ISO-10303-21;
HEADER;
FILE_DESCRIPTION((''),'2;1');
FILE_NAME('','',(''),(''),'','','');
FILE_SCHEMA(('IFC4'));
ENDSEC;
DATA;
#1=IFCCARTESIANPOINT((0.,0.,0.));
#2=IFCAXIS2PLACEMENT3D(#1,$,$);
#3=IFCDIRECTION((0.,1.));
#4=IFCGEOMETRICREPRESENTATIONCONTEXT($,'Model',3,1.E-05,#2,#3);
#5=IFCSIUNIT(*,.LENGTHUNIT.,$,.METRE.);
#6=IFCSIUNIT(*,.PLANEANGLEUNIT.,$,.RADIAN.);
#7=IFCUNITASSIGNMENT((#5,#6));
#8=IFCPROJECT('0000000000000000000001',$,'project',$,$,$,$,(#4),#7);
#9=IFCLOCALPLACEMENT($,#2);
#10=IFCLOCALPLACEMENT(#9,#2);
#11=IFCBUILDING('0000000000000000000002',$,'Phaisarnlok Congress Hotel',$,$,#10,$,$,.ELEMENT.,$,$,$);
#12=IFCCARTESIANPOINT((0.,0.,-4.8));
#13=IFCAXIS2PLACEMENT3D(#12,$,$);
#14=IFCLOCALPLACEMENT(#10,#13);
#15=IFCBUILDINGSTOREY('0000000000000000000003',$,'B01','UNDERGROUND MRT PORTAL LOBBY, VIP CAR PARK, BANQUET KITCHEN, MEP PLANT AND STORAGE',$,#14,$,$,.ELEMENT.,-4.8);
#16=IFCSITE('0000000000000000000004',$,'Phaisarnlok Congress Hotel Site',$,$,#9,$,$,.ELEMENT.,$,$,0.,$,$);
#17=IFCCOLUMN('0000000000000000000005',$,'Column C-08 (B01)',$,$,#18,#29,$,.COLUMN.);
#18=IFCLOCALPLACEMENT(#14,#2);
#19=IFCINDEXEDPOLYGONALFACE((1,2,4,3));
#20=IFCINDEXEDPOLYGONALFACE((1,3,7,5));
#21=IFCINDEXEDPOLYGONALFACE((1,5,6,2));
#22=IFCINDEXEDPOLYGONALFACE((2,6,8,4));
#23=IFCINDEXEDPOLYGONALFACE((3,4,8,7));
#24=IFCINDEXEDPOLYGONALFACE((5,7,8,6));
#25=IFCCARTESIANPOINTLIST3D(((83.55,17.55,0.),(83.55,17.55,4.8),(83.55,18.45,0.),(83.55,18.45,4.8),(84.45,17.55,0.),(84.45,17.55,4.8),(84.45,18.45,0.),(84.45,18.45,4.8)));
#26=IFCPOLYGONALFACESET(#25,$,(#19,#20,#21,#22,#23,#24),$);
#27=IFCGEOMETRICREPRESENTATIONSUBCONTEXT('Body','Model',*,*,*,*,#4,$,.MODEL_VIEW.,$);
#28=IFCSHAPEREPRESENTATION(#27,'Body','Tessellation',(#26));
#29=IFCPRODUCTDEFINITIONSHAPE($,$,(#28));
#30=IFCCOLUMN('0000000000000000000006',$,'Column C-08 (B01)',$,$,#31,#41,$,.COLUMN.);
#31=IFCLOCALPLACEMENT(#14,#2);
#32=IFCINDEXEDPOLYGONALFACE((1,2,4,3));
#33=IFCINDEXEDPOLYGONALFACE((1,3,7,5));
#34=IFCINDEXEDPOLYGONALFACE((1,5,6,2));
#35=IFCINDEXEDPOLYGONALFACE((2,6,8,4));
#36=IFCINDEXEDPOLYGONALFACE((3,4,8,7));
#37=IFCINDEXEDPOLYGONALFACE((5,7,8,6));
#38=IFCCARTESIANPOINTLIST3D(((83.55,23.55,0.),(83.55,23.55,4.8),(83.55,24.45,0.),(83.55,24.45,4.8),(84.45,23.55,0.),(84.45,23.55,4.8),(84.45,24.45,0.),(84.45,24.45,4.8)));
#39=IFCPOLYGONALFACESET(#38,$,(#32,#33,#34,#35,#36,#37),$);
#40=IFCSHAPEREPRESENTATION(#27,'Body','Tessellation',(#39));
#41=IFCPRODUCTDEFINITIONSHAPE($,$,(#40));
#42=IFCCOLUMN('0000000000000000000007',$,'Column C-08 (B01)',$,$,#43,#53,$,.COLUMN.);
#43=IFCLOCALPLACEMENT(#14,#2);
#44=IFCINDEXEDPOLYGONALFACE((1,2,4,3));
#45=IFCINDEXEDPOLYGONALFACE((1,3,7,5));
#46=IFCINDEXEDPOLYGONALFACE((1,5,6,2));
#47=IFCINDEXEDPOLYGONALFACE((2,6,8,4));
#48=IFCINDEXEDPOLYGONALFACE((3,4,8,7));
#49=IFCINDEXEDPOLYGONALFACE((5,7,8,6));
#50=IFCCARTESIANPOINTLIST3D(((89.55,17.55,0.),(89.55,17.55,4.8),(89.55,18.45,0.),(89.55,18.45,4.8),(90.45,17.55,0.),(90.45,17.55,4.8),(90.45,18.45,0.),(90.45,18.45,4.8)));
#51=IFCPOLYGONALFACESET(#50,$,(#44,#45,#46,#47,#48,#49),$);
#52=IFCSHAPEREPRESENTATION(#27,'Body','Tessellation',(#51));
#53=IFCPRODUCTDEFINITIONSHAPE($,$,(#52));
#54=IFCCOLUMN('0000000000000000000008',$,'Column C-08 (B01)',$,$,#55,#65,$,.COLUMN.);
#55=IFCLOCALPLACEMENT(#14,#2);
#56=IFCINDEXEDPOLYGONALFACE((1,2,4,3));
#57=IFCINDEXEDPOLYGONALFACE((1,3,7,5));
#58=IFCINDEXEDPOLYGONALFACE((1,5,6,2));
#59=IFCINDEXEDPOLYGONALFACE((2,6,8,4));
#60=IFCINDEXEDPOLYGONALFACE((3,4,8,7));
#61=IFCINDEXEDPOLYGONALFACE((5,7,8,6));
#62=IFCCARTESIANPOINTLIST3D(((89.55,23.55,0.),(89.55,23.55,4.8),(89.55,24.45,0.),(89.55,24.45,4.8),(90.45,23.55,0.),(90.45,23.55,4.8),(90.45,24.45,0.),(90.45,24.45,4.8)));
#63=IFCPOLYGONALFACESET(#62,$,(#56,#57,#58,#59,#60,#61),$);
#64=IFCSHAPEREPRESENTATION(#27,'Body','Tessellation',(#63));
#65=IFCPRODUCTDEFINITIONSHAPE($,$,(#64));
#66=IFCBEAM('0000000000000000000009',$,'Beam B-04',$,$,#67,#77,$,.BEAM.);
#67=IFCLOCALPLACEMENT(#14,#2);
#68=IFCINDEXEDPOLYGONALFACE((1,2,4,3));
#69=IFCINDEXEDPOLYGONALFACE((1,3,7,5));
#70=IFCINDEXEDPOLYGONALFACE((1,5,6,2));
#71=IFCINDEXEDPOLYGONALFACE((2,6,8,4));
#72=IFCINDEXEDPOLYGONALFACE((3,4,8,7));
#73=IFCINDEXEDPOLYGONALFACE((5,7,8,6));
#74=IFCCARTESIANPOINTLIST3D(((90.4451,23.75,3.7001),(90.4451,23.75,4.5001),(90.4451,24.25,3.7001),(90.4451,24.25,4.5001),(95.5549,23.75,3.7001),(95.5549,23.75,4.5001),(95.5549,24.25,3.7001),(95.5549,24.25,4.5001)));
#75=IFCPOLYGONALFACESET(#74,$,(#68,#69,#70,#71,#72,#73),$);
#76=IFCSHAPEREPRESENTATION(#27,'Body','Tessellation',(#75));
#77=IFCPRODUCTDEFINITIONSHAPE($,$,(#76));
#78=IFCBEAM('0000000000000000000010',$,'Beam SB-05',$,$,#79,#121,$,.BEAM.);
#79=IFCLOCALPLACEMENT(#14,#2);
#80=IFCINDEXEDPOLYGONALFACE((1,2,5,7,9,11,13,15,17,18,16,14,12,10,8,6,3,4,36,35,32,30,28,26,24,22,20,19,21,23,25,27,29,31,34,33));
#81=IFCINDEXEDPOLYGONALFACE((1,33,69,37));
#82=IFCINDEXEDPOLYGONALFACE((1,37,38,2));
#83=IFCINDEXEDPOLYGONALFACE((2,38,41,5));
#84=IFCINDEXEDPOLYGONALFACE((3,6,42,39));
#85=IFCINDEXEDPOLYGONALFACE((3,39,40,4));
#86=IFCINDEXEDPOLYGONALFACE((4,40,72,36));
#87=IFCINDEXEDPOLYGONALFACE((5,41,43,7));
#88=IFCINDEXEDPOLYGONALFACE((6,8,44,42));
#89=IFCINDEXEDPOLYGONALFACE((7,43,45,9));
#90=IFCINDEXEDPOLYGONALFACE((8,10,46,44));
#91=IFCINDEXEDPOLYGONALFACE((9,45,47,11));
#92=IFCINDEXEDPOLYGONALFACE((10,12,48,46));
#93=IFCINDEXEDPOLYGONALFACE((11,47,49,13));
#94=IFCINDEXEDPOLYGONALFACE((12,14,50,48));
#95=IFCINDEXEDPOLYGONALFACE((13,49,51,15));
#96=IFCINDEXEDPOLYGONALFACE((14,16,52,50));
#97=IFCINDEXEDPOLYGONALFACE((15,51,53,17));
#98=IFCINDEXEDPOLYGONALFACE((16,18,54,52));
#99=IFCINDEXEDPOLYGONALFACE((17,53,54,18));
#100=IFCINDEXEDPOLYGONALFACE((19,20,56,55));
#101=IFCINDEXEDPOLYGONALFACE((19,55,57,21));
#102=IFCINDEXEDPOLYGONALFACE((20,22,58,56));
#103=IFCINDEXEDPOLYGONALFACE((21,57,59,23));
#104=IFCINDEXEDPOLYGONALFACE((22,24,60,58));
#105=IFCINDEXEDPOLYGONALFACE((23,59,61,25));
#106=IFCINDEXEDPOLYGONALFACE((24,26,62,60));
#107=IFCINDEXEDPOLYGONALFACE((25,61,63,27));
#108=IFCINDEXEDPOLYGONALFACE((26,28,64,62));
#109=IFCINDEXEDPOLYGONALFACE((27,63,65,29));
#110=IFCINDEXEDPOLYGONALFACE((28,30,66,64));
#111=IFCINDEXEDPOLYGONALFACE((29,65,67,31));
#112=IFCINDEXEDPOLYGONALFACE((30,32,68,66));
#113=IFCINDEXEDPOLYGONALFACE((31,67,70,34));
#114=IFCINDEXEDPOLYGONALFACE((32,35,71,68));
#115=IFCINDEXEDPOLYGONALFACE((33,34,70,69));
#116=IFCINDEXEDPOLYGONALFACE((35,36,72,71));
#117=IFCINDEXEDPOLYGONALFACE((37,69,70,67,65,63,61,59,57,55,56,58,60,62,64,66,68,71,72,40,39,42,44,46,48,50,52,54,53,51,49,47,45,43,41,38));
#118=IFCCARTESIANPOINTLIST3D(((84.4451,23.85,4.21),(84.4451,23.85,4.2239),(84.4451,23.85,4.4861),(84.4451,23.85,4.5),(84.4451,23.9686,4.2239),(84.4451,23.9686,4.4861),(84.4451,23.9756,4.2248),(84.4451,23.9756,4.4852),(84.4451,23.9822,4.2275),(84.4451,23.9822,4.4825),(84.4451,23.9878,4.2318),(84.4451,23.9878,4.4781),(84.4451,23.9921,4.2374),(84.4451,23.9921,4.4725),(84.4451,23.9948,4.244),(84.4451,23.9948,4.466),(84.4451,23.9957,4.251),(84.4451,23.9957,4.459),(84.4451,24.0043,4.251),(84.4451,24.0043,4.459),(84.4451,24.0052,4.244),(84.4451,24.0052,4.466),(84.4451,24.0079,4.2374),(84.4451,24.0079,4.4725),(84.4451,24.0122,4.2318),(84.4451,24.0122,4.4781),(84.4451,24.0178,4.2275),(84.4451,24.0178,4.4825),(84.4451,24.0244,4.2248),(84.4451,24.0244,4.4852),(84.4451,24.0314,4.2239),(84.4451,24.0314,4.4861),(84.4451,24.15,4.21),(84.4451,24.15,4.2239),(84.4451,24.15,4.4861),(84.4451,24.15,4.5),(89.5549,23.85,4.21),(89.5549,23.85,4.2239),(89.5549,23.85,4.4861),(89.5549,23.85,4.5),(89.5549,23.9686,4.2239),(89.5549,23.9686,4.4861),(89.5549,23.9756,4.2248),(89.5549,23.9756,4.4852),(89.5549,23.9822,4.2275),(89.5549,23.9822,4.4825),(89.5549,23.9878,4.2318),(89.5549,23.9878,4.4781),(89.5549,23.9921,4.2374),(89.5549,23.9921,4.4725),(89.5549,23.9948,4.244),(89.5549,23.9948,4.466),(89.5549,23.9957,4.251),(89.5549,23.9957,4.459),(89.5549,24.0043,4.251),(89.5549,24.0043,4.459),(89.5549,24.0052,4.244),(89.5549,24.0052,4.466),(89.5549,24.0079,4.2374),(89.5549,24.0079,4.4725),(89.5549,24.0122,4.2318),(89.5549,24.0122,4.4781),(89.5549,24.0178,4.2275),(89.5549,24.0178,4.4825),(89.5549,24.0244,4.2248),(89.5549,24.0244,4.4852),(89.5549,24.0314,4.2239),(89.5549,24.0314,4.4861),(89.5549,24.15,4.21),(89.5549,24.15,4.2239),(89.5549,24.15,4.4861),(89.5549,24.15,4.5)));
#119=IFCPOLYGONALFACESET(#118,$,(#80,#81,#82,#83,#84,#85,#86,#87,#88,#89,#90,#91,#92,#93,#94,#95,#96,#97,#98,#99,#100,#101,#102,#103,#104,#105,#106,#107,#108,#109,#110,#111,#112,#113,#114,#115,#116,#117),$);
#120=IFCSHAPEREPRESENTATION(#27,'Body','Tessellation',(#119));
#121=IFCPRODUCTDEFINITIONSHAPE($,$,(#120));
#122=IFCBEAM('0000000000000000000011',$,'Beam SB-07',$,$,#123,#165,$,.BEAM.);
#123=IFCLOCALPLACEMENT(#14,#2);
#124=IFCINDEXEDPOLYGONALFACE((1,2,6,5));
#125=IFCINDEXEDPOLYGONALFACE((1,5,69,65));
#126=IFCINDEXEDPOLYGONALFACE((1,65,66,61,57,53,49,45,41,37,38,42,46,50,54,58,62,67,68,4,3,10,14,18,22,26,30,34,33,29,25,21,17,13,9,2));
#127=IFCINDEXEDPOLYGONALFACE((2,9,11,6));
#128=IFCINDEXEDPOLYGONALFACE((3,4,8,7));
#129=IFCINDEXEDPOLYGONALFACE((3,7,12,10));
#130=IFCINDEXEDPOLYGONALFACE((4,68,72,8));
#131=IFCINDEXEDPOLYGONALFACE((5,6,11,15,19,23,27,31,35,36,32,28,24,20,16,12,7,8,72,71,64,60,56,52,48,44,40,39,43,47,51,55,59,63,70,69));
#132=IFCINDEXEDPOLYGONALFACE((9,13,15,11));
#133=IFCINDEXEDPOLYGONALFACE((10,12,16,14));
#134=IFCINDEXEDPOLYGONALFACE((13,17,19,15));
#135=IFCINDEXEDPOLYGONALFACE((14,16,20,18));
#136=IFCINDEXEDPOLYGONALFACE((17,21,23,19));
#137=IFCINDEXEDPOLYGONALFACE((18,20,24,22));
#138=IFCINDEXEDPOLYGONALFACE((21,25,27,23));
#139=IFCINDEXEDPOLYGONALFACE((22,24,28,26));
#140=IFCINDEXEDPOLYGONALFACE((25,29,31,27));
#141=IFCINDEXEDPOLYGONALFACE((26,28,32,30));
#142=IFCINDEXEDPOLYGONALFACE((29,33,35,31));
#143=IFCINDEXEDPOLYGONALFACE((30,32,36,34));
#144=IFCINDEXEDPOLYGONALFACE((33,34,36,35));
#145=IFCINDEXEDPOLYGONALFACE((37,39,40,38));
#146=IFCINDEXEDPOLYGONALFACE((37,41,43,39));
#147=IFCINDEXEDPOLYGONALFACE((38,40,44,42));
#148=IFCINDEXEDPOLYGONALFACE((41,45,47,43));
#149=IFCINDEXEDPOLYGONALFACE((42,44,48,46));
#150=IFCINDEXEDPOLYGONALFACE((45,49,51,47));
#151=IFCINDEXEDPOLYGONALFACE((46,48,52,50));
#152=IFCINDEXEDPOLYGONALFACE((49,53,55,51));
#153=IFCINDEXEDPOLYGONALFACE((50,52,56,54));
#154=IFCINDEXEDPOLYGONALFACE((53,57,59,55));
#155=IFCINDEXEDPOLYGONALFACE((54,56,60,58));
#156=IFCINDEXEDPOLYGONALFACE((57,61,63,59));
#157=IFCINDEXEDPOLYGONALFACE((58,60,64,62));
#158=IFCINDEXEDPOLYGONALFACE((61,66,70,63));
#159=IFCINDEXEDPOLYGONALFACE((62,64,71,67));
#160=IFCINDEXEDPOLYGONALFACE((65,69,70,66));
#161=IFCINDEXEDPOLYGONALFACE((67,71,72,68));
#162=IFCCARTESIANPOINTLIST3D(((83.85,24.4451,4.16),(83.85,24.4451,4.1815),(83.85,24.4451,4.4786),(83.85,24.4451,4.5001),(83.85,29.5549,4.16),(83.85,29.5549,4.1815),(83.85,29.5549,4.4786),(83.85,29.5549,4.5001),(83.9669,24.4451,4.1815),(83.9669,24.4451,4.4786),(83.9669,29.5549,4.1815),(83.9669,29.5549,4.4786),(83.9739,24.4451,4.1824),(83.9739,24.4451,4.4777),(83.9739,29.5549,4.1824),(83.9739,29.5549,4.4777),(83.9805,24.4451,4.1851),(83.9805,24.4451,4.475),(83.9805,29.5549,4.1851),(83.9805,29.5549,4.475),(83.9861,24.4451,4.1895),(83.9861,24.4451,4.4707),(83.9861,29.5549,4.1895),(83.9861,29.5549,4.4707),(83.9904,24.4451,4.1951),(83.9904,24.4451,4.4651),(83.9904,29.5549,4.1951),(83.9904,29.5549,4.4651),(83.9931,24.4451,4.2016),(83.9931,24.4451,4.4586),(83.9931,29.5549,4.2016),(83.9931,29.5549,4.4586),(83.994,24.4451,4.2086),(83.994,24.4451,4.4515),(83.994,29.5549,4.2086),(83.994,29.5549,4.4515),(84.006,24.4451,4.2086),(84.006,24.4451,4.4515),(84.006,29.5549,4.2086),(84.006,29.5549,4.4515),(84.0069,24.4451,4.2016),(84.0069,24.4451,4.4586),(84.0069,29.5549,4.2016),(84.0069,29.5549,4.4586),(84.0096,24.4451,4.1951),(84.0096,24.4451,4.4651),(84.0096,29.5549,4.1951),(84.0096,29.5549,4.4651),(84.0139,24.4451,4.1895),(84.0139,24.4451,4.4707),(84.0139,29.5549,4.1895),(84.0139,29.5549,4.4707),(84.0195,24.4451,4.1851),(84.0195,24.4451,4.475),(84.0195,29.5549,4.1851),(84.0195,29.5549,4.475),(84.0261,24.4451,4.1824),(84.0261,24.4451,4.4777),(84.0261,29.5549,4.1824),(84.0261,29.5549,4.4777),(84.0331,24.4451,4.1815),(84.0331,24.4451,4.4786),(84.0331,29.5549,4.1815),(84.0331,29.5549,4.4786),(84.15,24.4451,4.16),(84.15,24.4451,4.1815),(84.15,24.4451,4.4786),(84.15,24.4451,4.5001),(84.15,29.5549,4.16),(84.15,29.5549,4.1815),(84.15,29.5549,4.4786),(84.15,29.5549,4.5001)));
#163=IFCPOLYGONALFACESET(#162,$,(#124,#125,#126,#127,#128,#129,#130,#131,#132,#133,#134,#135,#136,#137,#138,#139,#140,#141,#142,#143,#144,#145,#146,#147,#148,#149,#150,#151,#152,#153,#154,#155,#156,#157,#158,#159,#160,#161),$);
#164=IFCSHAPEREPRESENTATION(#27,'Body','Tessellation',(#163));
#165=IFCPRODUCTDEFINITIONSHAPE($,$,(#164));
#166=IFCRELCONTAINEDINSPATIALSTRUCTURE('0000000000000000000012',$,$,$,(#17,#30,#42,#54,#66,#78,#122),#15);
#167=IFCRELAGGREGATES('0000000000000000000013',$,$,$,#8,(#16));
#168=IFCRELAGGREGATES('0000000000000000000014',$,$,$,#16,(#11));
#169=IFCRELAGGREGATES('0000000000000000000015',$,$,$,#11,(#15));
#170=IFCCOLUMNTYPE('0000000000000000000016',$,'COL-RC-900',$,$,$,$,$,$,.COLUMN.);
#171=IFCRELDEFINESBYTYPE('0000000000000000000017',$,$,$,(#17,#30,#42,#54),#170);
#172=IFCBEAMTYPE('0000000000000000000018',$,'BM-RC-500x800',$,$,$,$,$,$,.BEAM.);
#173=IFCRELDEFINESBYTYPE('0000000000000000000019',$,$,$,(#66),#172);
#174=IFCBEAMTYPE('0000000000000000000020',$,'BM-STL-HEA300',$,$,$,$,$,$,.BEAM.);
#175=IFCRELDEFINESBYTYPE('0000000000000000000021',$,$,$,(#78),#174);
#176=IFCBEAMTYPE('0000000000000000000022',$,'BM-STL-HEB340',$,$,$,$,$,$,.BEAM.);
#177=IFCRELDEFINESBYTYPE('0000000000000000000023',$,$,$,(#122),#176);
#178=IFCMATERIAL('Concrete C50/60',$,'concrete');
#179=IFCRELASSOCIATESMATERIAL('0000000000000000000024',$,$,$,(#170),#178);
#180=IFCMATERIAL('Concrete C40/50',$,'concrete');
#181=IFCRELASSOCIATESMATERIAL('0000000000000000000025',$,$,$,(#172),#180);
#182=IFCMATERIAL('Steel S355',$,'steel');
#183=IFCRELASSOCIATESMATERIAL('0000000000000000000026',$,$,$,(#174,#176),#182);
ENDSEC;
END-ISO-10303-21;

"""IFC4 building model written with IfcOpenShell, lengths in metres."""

from ifc_helpers import new_model, si_unit, direction, frame, origin, origin_2d, place, context, subcontext, project, spatial, rectangle, i_section, extrude, material, material_profile, profile_set, type_object, element, save


model = new_model("IFC4")

# Units and contexts
model_context = context("Model", 3, precision=1e-05, world=origin(), true_north=direction((0.0, 1.0)))
body_context = subcontext(model_context, "Body", "Model", "MODEL_VIEW")
ifc_project = project(units=[si_unit("LENGTHUNIT", "METRE"), si_unit("PLANEANGLEUNIT", "RADIAN")], contexts=[model_context])

# Site, building, storey
site_placement = place(None, origin())
site = spatial("IfcSite", under=ifc_project, at=site_placement, Name="Phaisarnlok Congress Hotel Site", CompositionType="ELEMENT", RefElevation=0.0)
building_placement = place(site_placement, origin())
building = spatial("IfcBuilding", under=site, at=building_placement, Name="Phaisarnlok Congress Hotel", CompositionType="ELEMENT")
storey_placement = place(building_placement, frame((0.0, 0.0, -4.8)))
storey = spatial("IfcBuildingStorey", under=building, at=storey_placement, Name="B01", Description="UNDERGROUND MRT PORTAL LOBBY, VIP CAR PARK, BANQUET KITCHEN, MEP PLANT AND STORAGE", CompositionType="ELEMENT", Elevation=-4.8)

# Shared definitions
ifc_material_1 = material(Name="Concrete C40/50", Category="concrete")

# Columns
ifc_material_2 = material(Name="Concrete C50/60", Category="concrete")
ifc_material_profile_1 = material_profile(ifc_material_2, rectangle(XDim=0.8999, YDim=0.8999, at=origin_2d()), Name="RC 900x900")
ifc_profile_set_1 = profile_set([ifc_material_profile_1], Name="Concrete C50/60")
column_type = type_object("IfcColumnType", Name="COL-RC-900", PredefinedType="COLUMN", material=ifc_profile_set_1)
for number, where, z_axis, x_axis, name in (
    (1, (84.0, 18.0, 0.0), (0.0, 0.0, 1.0), (1.0, 0.0, 0.0), "Column C-08 (B01)"),
    (2, (84.0, 24.0, 0.0), (0.0, 0.0, 1.0), (1.0, 0.0, 0.0), "Column C-08 (B01)"),
    (3, (90.0, 18.0, 0.0), (0.0, 0.0, 1.0), (1.0, 0.0, 0.0), "Column C-08 (B01)"),
    (4, (90.0, 24.0, 0.0), (0.0, 0.0, 1.0), (1.0, 0.0, 0.0), "Column C-08 (B01)"),
):
    element("IfcColumn", number, at=place(storey_placement, frame(where, z_axis=z_axis, x_axis=x_axis)), inside=storey, type_object=column_type, Name=name, PredefinedType="COLUMN", context=body_context, shape_type="SweptSolid", body=[
        extrude(rectangle(XDim=0.8999, YDim=0.8999, at=origin_2d()), origin(), (0.0, 0.0, 1.0), 4.8),
    ])

# Beams
ifc_material_profile_2 = material_profile(ifc_material_1, rectangle(XDim=0.5, YDim=0.8, at=origin_2d()), Name="RC 500x800")
ifc_profile_set_2 = profile_set([ifc_material_profile_2], Name="Concrete C40/50")
beam_type_1 = type_object("IfcBeamType", Name="BM-RC-500x800", PredefinedType="BEAM", material=ifc_profile_set_2)
beam_1_placement = place(storey_placement, frame((90.4451, 24.0, 4.1001), z_axis=(1.0, 0.0, 0.0), x_axis=(0.0, 1.0, 0.0)))
element("IfcBeam", 5, at=beam_1_placement, inside=storey, type_object=beam_type_1, Name="Beam B-04", PredefinedType="BEAM", context=body_context, shape_type="SweptSolid", body=[
    extrude(rectangle(XDim=0.5, YDim=0.8, at=origin_2d()), origin(), (0.0, 0.0, 1.0), 5.1099),
])
ifc_material_3 = material(Name="Steel S355", Category="steel")
ifc_material_profile_3 = material_profile(ifc_material_3, i_section(OverallWidth=0.3, OverallDepth=0.29, WebThickness=0.0085, FlangeThickness=0.0139, FilletRadius=0.0271, at=origin_2d()), Name="HEA 300")
ifc_profile_set_3 = profile_set([ifc_material_profile_3], Name="Steel S355")
beam_type_2 = type_object("IfcBeamType", Name="BM-STL-HEA300", PredefinedType="BEAM", material=ifc_profile_set_3)
beam_2_placement = place(storey_placement, frame((84.4451, 24.0, 4.355), z_axis=(1.0, 0.0, 0.0), x_axis=(0.0, 1.0, 0.0)))
element("IfcBeam", 6, at=beam_2_placement, inside=storey, type_object=beam_type_2, Name="Beam SB-05", PredefinedType="BEAM", context=body_context, shape_type="SweptSolid", body=[
    extrude(i_section(OverallWidth=0.3, OverallDepth=0.29, WebThickness=0.0085, FlangeThickness=0.0139, FilletRadius=0.0271, at=origin_2d()), origin(), (0.0, 0.0, 1.0), 5.1099),
])
ifc_material_profile_4 = material_profile(ifc_material_3, i_section(OverallWidth=0.3, OverallDepth=0.3401, WebThickness=0.012, FlangeThickness=0.0215, FilletRadius=0.0271, at=origin_2d()), Name="HEB 340")
ifc_profile_set_4 = profile_set([ifc_material_profile_4], Name="Steel S355")
beam_type_3 = type_object("IfcBeamType", Name="BM-STL-HEB340", PredefinedType="BEAM", material=ifc_profile_set_4)
beam_3_placement = place(storey_placement, frame((84.0, 24.4451, 4.3301), z_axis=(0.0, 1.0, 0.0), x_axis=(-1.0, 0.0, 0.0)))
element("IfcBeam", 7, at=beam_3_placement, inside=storey, type_object=beam_type_3, Name="Beam SB-07", PredefinedType="BEAM", context=body_context, shape_type="SweptSolid", body=[
    extrude(i_section(OverallWidth=0.3, OverallDepth=0.3401, WebThickness=0.012, FlangeThickness=0.0215, FilletRadius=0.0271, at=origin_2d()), origin(), (0.0, 0.0, 1.0), 5.1099),
])

save(model, "model.ifc")
